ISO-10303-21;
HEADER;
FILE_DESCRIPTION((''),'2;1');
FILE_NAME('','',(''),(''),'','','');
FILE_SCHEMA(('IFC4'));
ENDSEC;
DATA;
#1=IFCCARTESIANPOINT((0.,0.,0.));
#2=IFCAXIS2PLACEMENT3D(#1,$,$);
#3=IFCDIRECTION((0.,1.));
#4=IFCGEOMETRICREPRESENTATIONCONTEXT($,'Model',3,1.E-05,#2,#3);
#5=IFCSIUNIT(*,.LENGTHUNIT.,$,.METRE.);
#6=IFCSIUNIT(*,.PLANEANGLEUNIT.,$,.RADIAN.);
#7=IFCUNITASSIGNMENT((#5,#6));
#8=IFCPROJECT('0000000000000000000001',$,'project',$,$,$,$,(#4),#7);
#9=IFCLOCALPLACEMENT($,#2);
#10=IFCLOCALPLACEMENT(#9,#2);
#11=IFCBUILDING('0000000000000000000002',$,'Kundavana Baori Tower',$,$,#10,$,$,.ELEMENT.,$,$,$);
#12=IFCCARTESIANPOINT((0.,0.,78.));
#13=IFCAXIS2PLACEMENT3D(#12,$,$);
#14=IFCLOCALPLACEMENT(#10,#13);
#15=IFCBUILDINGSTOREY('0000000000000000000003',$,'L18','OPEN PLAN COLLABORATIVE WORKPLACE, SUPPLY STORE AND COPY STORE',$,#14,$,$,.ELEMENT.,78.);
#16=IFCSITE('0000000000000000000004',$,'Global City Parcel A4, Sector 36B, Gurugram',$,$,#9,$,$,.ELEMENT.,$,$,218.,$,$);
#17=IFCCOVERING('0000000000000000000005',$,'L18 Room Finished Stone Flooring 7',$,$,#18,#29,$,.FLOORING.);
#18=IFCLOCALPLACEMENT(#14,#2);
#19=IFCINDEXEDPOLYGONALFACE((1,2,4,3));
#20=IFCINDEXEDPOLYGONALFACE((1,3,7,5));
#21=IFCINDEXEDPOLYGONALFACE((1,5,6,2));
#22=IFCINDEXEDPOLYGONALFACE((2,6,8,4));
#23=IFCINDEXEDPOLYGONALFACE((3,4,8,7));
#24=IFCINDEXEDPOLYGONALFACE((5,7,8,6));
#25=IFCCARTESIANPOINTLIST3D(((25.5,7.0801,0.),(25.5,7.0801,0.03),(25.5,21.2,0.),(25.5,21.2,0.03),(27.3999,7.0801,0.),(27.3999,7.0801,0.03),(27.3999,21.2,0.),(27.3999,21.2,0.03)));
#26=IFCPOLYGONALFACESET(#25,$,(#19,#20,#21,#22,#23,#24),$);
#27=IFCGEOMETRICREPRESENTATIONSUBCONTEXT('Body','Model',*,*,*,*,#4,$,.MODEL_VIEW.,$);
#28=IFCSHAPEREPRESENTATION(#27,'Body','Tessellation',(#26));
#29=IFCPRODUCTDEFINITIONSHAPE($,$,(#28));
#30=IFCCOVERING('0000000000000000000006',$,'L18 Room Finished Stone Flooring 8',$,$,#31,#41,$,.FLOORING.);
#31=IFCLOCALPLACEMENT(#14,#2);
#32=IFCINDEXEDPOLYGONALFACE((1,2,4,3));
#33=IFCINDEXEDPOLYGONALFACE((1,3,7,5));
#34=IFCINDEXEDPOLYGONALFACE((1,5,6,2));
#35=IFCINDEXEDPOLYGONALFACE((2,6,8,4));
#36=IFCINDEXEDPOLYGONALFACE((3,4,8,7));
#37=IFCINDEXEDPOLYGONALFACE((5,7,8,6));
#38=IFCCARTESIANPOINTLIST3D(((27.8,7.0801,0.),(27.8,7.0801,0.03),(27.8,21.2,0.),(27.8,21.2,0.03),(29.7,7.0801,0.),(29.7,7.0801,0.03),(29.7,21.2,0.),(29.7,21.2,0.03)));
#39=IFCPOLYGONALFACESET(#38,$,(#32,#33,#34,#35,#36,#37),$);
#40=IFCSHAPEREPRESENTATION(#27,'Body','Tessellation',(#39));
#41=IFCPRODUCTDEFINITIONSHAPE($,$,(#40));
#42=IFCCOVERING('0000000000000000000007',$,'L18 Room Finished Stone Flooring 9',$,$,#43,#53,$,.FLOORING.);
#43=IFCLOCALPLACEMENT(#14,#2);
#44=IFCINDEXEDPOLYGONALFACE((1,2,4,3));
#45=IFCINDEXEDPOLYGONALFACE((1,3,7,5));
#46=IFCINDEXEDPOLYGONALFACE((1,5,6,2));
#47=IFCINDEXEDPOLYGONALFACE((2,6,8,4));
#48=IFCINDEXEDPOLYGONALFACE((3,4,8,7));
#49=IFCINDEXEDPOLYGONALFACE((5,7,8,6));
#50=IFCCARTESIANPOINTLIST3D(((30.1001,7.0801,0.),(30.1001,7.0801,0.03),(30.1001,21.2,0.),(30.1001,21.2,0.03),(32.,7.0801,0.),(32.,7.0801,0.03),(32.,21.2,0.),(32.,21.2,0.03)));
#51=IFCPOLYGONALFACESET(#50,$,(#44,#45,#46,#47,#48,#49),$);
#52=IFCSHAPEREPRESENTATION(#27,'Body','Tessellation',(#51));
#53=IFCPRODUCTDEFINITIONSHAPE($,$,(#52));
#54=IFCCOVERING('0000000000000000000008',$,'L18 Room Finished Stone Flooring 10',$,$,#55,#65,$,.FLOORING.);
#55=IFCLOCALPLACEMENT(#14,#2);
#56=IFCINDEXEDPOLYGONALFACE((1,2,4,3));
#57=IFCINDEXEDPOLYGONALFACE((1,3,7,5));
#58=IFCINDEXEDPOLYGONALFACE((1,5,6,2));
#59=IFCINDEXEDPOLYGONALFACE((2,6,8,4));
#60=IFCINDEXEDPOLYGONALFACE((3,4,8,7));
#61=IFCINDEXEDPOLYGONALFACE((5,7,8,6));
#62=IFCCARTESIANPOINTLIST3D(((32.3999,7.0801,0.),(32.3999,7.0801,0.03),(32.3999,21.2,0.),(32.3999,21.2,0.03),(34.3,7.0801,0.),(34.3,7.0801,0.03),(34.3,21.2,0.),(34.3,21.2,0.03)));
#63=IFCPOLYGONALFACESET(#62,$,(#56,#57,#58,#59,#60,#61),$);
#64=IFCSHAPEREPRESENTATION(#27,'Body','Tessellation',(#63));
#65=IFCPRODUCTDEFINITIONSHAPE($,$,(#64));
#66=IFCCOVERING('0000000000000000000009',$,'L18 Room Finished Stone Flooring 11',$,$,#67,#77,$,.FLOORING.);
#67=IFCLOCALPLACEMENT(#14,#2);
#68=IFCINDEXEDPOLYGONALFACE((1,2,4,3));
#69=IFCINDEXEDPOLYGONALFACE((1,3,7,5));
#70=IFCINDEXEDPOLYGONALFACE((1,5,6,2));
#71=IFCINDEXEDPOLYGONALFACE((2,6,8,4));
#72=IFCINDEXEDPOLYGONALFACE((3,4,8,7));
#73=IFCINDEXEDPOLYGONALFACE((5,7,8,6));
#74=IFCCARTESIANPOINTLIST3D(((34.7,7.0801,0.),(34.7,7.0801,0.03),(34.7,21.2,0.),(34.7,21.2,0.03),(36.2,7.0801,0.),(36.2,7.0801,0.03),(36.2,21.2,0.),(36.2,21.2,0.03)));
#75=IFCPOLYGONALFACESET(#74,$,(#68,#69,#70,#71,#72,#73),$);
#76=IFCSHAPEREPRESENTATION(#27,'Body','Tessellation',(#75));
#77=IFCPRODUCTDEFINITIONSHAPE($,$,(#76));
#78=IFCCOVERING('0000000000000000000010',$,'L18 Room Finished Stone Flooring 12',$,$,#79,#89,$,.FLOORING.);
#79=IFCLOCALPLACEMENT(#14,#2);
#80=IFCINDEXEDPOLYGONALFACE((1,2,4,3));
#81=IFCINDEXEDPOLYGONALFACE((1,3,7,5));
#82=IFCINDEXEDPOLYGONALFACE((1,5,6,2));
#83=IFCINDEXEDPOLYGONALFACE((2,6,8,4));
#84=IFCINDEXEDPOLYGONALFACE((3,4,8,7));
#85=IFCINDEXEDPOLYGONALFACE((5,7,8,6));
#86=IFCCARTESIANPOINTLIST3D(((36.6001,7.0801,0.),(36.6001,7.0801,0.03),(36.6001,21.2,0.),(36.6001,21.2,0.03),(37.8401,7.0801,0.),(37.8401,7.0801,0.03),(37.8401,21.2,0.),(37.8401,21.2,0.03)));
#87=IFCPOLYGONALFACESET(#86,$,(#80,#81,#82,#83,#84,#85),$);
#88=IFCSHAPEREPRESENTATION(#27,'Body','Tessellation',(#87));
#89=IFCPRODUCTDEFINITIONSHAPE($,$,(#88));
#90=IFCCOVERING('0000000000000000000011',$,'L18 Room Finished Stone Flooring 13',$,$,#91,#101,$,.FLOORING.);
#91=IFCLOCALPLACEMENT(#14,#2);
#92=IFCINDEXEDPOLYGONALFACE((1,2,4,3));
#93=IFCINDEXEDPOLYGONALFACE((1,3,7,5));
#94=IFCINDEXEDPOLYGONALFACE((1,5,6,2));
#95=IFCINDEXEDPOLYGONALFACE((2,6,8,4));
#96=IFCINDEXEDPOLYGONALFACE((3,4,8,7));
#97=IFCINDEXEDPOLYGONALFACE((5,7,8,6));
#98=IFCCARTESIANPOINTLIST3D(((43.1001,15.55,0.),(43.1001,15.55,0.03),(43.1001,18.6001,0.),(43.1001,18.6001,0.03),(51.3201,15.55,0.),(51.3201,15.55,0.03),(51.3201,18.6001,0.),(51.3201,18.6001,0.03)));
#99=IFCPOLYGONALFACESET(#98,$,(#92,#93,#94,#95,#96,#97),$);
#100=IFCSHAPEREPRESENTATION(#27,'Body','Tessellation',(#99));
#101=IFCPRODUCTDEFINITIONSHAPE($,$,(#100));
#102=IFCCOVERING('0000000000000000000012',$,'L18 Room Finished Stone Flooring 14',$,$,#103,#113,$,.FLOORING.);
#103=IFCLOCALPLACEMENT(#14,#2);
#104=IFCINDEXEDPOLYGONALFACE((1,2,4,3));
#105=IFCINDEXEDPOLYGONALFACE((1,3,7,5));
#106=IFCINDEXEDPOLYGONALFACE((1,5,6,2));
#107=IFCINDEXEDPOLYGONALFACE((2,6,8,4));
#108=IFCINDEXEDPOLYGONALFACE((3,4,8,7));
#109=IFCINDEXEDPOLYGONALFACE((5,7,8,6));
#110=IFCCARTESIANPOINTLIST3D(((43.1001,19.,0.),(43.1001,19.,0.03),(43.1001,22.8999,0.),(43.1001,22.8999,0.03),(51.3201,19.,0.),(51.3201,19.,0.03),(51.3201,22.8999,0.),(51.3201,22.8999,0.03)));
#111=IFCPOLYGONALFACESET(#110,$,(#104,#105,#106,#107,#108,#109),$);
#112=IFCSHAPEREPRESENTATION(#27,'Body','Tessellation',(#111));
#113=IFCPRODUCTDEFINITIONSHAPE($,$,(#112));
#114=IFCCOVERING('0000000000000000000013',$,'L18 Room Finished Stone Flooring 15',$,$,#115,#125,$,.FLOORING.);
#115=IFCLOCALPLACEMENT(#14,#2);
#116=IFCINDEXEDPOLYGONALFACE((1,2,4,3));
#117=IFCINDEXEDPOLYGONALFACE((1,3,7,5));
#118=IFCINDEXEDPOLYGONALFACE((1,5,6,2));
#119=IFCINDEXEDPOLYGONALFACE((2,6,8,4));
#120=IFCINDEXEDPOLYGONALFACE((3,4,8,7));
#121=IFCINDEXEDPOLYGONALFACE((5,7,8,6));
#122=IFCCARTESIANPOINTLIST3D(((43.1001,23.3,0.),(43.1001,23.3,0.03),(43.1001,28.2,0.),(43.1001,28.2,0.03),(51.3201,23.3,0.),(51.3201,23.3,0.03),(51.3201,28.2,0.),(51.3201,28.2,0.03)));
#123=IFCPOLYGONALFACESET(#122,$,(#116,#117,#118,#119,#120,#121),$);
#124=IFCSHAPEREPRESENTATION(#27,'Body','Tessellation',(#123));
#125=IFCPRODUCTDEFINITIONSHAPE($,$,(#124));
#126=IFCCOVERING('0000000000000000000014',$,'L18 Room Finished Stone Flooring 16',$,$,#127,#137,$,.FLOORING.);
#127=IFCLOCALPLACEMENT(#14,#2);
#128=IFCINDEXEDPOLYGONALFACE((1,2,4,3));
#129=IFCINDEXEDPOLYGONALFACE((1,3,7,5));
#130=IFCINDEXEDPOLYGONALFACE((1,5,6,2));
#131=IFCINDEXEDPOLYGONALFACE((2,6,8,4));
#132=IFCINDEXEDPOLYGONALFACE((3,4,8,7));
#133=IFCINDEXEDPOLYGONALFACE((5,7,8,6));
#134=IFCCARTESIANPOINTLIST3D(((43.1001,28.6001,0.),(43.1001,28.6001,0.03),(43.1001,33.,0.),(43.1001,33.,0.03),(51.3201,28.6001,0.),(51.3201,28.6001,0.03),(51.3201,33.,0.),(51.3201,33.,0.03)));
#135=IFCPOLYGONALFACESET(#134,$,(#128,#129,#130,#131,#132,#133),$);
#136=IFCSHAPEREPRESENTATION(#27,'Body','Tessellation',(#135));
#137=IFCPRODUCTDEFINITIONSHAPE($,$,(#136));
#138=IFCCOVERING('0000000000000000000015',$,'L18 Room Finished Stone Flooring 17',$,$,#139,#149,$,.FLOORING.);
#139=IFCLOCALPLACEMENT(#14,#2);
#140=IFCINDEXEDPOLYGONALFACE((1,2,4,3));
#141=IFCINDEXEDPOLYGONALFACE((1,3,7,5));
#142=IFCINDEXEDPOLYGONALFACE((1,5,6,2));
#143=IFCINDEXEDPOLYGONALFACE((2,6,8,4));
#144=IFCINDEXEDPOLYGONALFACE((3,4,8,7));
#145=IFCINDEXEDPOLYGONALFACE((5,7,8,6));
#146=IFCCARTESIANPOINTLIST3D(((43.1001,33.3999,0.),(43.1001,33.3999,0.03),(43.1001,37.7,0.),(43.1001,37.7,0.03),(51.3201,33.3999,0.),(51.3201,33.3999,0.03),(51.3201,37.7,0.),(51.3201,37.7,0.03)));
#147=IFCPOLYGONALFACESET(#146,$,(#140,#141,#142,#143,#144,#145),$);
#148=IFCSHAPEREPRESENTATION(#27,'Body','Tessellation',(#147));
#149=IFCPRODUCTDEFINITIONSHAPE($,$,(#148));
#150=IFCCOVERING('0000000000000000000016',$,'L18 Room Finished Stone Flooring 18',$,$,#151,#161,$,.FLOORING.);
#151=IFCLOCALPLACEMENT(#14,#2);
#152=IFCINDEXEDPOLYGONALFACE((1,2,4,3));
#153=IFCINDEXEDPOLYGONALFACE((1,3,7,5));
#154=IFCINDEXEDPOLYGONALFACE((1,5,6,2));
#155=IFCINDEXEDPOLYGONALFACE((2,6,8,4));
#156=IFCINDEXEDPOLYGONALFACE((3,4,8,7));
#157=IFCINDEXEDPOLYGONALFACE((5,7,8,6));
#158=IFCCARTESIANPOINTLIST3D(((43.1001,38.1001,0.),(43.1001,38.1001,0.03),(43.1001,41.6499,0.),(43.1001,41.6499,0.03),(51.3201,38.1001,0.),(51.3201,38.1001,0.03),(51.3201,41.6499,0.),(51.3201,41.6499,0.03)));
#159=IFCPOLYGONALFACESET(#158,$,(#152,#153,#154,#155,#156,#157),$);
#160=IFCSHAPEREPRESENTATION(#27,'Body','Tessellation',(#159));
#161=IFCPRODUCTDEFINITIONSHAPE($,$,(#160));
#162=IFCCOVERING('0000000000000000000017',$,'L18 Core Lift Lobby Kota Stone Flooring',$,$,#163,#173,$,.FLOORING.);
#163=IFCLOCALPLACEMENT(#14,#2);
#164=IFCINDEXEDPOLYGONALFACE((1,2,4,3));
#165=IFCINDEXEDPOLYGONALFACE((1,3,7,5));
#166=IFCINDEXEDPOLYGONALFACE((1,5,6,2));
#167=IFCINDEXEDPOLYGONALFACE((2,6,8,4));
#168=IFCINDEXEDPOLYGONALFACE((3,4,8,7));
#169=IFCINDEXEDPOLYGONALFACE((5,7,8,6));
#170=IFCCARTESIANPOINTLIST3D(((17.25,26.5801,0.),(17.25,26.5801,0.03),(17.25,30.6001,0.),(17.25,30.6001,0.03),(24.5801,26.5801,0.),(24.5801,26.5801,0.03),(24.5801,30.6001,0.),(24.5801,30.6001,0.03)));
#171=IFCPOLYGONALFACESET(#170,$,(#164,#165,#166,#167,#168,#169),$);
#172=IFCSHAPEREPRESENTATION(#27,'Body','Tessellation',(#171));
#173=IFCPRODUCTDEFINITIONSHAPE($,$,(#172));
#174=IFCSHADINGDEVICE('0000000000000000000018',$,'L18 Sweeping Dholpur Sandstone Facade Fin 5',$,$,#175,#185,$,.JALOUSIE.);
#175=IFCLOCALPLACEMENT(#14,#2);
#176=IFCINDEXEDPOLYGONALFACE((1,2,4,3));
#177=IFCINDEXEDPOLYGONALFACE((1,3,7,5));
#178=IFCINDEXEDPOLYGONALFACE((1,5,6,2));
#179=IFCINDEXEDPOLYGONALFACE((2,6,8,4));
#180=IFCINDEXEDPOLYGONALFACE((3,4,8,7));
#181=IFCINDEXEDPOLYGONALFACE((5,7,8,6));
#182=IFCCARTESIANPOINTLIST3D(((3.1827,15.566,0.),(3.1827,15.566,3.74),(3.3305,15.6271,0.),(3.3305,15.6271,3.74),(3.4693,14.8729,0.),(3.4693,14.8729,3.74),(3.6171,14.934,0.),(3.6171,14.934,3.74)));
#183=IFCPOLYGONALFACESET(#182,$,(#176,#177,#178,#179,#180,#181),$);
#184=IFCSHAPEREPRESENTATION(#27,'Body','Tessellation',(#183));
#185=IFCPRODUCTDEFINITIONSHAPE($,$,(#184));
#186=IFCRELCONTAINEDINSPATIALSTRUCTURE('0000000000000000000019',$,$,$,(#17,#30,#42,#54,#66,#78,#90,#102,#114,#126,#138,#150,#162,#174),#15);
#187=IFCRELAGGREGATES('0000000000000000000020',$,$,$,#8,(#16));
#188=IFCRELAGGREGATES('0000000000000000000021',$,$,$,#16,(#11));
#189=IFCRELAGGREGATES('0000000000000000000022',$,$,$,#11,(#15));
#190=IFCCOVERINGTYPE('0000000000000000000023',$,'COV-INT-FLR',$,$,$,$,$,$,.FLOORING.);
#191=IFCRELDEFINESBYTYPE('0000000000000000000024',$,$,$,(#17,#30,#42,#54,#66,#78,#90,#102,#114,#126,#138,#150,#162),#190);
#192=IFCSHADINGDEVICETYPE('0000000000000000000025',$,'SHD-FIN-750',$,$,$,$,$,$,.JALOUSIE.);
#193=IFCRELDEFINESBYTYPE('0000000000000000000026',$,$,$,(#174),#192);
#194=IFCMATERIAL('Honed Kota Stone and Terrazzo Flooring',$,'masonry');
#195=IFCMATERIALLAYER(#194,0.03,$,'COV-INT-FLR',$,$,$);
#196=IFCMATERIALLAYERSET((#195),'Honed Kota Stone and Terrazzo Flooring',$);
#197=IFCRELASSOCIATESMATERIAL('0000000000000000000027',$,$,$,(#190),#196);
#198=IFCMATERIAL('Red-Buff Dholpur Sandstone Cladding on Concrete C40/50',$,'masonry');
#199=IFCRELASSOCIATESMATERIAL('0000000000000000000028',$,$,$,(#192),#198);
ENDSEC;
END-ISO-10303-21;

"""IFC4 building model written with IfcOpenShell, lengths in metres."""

from ifc_helpers import new_model, si_unit, direction, frame, origin, origin_2d, place, context, subcontext, project, spatial, polyline, rectangle, outline, extrude, material, layer, layer_set, type_object, element, save


model = new_model("IFC4")

# Units and contexts
model_context = context("Model", 3, precision=1e-05, world=origin(), true_north=direction((0.0, 1.0)))
body_context = subcontext(model_context, "Body", "Model", "MODEL_VIEW")
ifc_project = project(units=[si_unit("LENGTHUNIT", "METRE"), si_unit("PLANEANGLEUNIT", "RADIAN")], contexts=[model_context])

# Site, building, storey
site_placement = place(None, origin())
site = spatial("IfcSite", under=ifc_project, at=site_placement, Name="Global City Parcel A4, Sector 36B, Gurugram", CompositionType="ELEMENT", RefElevation=218.0)
building_placement = place(site_placement, origin())
building = spatial("IfcBuilding", under=site, at=building_placement, Name="Kundavana Baori Tower", CompositionType="ELEMENT")
storey_placement = place(building_placement, frame((0.0, 0.0, 78.0)))
storey = spatial("IfcBuildingStorey", under=building, at=storey_placement, Name="L18", Description="OPEN PLAN COLLABORATIVE WORKPLACE, SUPPLY STORE AND COPY STORE", CompositionType="ELEMENT", Elevation=78.0)

# Coverings
ifc_material_1 = material(Name="Honed Kota Stone and Terrazzo Flooring", Category="masonry")
ifc_layer_1 = layer(ifc_material_1, 0.03, Name="COV-INT-FLR")
ifc_layer_set_1 = layer_set([ifc_layer_1], Name="Honed Kota Stone and Terrazzo Flooring")
covering_type_1 = type_object("IfcCoveringType", Name="COV-INT-FLR", PredefinedType="FLOORING", material=ifc_layer_set_1)
covering_1_placement = place(storey_placement, origin())
element("IfcCovering", 1, at=covering_1_placement, inside=storey, type_object=covering_type_1, Name="L18 Room Finished Stone Flooring 7", PredefinedType="FLOORING", context=body_context, shape_type="SweptSolid", body=[
    extrude(outline(polyline([(25.5, 7.0801), (27.3999, 7.0801), (27.3999, 21.2), (25.5, 21.2), (25.5, 7.0801)])), origin(), (0.0, 0.0, 1.0), 0.03),
])
covering_2_placement = place(storey_placement, origin())
element("IfcCovering", 2, at=covering_2_placement, inside=storey, type_object=covering_type_1, Name="L18 Room Finished Stone Flooring 8", PredefinedType="FLOORING", context=body_context, shape_type="SweptSolid", body=[
    extrude(outline(polyline([(27.8, 7.0801), (29.7, 7.0801), (29.7, 21.2), (27.8, 21.2), (27.8, 7.0801)])), origin(), (0.0, 0.0, 1.0), 0.03),
])
covering_3_placement = place(storey_placement, origin())
element("IfcCovering", 3, at=covering_3_placement, inside=storey, type_object=covering_type_1, Name="L18 Room Finished Stone Flooring 9", PredefinedType="FLOORING", context=body_context, shape_type="SweptSolid", body=[
    extrude(outline(polyline([(30.1001, 7.0801), (32.0, 7.0801), (32.0, 21.2), (30.1001, 21.2), (30.1001, 7.0801)])), origin(), (0.0, 0.0, 1.0), 0.03),
])
covering_4_placement = place(storey_placement, origin())
element("IfcCovering", 4, at=covering_4_placement, inside=storey, type_object=covering_type_1, Name="L18 Room Finished Stone Flooring 10", PredefinedType="FLOORING", context=body_context, shape_type="SweptSolid", body=[
    extrude(outline(polyline([(32.3999, 7.0801), (34.3, 7.0801), (34.3, 21.2), (32.3999, 21.2), (32.3999, 7.0801)])), origin(), (0.0, 0.0, 1.0), 0.03),
])
covering_5_placement = place(storey_placement, origin())
element("IfcCovering", 5, at=covering_5_placement, inside=storey, type_object=covering_type_1, Name="L18 Room Finished Stone Flooring 11", PredefinedType="FLOORING", context=body_context, shape_type="SweptSolid", body=[
    extrude(outline(polyline([(34.7, 7.0801), (36.2, 7.0801), (36.2, 21.2), (34.7, 21.2), (34.7, 7.0801)])), origin(), (0.0, 0.0, 1.0), 0.03),
])
covering_6_placement = place(storey_placement, origin())
element("IfcCovering", 6, at=covering_6_placement, inside=storey, type_object=covering_type_1, Name="L18 Room Finished Stone Flooring 12", PredefinedType="FLOORING", context=body_context, shape_type="SweptSolid", body=[
    extrude(outline(polyline([(36.6001, 7.0801), (37.8401, 7.0801), (37.8401, 21.2), (36.6001, 21.2), (36.6001, 7.0801)])), origin(), (0.0, 0.0, 1.0), 0.03),
])
covering_7_placement = place(storey_placement, origin())
element("IfcCovering", 7, at=covering_7_placement, inside=storey, type_object=covering_type_1, Name="L18 Room Finished Stone Flooring 13", PredefinedType="FLOORING", context=body_context, shape_type="SweptSolid", body=[
    extrude(outline(polyline([(43.1001, 15.55), (51.3201, 15.55), (51.3201, 18.6001), (43.1001, 18.6001), (43.1001, 15.55)])), origin(), (0.0, 0.0, 1.0), 0.03),
])
covering_8_placement = place(storey_placement, origin())
element("IfcCovering", 8, at=covering_8_placement, inside=storey, type_object=covering_type_1, Name="L18 Room Finished Stone Flooring 14", PredefinedType="FLOORING", context=body_context, shape_type="SweptSolid", body=[
    extrude(outline(polyline([(43.1001, 19.0), (51.3201, 19.0), (51.3201, 22.8999), (43.1001, 22.8999), (43.1001, 19.0)])), origin(), (0.0, 0.0, 1.0), 0.03),
])
covering_9_placement = place(storey_placement, origin())
element("IfcCovering", 9, at=covering_9_placement, inside=storey, type_object=covering_type_1, Name="L18 Room Finished Stone Flooring 15", PredefinedType="FLOORING", context=body_context, shape_type="SweptSolid", body=[
    extrude(outline(polyline([(43.1001, 23.3), (51.3201, 23.3), (51.3201, 28.2), (43.1001, 28.2), (43.1001, 23.3)])), origin(), (0.0, 0.0, 1.0), 0.03),
])
covering_10_placement = place(storey_placement, origin())
element("IfcCovering", 10, at=covering_10_placement, inside=storey, type_object=covering_type_1, Name="L18 Room Finished Stone Flooring 16", PredefinedType="FLOORING", context=body_context, shape_type="SweptSolid", body=[
    extrude(outline(polyline([(43.1001, 28.6001), (51.3201, 28.6001), (51.3201, 33.0), (43.1001, 33.0), (43.1001, 28.6001)])), origin(), (0.0, 0.0, 1.0), 0.03),
])
covering_11_placement = place(storey_placement, origin())
element("IfcCovering", 11, at=covering_11_placement, inside=storey, type_object=covering_type_1, Name="L18 Room Finished Stone Flooring 17", PredefinedType="FLOORING", context=body_context, shape_type="SweptSolid", body=[
    extrude(outline(polyline([(43.1001, 33.3999), (51.3201, 33.3999), (51.3201, 37.7), (43.1001, 37.7), (43.1001, 33.3999)])), origin(), (0.0, 0.0, 1.0), 0.03),
])
covering_12_placement = place(storey_placement, origin())
element("IfcCovering", 12, at=covering_12_placement, inside=storey, type_object=covering_type_1, Name="L18 Room Finished Stone Flooring 18", PredefinedType="FLOORING", context=body_context, shape_type="SweptSolid", body=[
    extrude(outline(polyline([(43.1001, 38.1001), (51.3201, 38.1001), (51.3201, 41.6499), (43.1001, 41.6499), (43.1001, 38.1001)])), origin(), (0.0, 0.0, 1.0), 0.03),
])
covering_13_placement = place(storey_placement, origin())
element("IfcCovering", 13, at=covering_13_placement, inside=storey, type_object=covering_type_1, Name="L18 Core Lift Lobby Kota Stone Flooring", PredefinedType="FLOORING", context=body_context, shape_type="SweptSolid", body=[
    extrude(outline(polyline([(17.25, 26.5801), (24.5801, 26.5801), (24.5801, 30.6001), (17.25, 30.6001), (17.25, 26.5801)])), origin(), (0.0, 0.0, 1.0), 0.03),
])

# Shading device
ifc_material_2 = material(Name="Red-Buff Dholpur Sandstone Cladding on Concrete C40/50", Category="masonry")
shading_device_type = type_object("IfcShadingDeviceType", Name="SHD-FIN-750", PredefinedType="JALOUSIE", material=ifc_material_2)
shading_device_placement = place(storey_placement, frame((3.3999, 15.25, 0.0), z_axis=(0.0, 0.0, 1.0), x_axis=(0.924146, 0.382038, 0.0)))
element("IfcShadingDevice", 14, at=shading_device_placement, inside=storey, type_object=shading_device_type, Name="L18 Sweeping Dholpur Sandstone Facade Fin 5", PredefinedType="JALOUSIE", context=body_context, shape_type="SweptSolid", body=[
    extrude(rectangle(XDim=0.1599, YDim=0.75, at=origin_2d()), origin(), (0.0, 0.0, 1.0), 3.74),
])

save(model, "model.ifc")
